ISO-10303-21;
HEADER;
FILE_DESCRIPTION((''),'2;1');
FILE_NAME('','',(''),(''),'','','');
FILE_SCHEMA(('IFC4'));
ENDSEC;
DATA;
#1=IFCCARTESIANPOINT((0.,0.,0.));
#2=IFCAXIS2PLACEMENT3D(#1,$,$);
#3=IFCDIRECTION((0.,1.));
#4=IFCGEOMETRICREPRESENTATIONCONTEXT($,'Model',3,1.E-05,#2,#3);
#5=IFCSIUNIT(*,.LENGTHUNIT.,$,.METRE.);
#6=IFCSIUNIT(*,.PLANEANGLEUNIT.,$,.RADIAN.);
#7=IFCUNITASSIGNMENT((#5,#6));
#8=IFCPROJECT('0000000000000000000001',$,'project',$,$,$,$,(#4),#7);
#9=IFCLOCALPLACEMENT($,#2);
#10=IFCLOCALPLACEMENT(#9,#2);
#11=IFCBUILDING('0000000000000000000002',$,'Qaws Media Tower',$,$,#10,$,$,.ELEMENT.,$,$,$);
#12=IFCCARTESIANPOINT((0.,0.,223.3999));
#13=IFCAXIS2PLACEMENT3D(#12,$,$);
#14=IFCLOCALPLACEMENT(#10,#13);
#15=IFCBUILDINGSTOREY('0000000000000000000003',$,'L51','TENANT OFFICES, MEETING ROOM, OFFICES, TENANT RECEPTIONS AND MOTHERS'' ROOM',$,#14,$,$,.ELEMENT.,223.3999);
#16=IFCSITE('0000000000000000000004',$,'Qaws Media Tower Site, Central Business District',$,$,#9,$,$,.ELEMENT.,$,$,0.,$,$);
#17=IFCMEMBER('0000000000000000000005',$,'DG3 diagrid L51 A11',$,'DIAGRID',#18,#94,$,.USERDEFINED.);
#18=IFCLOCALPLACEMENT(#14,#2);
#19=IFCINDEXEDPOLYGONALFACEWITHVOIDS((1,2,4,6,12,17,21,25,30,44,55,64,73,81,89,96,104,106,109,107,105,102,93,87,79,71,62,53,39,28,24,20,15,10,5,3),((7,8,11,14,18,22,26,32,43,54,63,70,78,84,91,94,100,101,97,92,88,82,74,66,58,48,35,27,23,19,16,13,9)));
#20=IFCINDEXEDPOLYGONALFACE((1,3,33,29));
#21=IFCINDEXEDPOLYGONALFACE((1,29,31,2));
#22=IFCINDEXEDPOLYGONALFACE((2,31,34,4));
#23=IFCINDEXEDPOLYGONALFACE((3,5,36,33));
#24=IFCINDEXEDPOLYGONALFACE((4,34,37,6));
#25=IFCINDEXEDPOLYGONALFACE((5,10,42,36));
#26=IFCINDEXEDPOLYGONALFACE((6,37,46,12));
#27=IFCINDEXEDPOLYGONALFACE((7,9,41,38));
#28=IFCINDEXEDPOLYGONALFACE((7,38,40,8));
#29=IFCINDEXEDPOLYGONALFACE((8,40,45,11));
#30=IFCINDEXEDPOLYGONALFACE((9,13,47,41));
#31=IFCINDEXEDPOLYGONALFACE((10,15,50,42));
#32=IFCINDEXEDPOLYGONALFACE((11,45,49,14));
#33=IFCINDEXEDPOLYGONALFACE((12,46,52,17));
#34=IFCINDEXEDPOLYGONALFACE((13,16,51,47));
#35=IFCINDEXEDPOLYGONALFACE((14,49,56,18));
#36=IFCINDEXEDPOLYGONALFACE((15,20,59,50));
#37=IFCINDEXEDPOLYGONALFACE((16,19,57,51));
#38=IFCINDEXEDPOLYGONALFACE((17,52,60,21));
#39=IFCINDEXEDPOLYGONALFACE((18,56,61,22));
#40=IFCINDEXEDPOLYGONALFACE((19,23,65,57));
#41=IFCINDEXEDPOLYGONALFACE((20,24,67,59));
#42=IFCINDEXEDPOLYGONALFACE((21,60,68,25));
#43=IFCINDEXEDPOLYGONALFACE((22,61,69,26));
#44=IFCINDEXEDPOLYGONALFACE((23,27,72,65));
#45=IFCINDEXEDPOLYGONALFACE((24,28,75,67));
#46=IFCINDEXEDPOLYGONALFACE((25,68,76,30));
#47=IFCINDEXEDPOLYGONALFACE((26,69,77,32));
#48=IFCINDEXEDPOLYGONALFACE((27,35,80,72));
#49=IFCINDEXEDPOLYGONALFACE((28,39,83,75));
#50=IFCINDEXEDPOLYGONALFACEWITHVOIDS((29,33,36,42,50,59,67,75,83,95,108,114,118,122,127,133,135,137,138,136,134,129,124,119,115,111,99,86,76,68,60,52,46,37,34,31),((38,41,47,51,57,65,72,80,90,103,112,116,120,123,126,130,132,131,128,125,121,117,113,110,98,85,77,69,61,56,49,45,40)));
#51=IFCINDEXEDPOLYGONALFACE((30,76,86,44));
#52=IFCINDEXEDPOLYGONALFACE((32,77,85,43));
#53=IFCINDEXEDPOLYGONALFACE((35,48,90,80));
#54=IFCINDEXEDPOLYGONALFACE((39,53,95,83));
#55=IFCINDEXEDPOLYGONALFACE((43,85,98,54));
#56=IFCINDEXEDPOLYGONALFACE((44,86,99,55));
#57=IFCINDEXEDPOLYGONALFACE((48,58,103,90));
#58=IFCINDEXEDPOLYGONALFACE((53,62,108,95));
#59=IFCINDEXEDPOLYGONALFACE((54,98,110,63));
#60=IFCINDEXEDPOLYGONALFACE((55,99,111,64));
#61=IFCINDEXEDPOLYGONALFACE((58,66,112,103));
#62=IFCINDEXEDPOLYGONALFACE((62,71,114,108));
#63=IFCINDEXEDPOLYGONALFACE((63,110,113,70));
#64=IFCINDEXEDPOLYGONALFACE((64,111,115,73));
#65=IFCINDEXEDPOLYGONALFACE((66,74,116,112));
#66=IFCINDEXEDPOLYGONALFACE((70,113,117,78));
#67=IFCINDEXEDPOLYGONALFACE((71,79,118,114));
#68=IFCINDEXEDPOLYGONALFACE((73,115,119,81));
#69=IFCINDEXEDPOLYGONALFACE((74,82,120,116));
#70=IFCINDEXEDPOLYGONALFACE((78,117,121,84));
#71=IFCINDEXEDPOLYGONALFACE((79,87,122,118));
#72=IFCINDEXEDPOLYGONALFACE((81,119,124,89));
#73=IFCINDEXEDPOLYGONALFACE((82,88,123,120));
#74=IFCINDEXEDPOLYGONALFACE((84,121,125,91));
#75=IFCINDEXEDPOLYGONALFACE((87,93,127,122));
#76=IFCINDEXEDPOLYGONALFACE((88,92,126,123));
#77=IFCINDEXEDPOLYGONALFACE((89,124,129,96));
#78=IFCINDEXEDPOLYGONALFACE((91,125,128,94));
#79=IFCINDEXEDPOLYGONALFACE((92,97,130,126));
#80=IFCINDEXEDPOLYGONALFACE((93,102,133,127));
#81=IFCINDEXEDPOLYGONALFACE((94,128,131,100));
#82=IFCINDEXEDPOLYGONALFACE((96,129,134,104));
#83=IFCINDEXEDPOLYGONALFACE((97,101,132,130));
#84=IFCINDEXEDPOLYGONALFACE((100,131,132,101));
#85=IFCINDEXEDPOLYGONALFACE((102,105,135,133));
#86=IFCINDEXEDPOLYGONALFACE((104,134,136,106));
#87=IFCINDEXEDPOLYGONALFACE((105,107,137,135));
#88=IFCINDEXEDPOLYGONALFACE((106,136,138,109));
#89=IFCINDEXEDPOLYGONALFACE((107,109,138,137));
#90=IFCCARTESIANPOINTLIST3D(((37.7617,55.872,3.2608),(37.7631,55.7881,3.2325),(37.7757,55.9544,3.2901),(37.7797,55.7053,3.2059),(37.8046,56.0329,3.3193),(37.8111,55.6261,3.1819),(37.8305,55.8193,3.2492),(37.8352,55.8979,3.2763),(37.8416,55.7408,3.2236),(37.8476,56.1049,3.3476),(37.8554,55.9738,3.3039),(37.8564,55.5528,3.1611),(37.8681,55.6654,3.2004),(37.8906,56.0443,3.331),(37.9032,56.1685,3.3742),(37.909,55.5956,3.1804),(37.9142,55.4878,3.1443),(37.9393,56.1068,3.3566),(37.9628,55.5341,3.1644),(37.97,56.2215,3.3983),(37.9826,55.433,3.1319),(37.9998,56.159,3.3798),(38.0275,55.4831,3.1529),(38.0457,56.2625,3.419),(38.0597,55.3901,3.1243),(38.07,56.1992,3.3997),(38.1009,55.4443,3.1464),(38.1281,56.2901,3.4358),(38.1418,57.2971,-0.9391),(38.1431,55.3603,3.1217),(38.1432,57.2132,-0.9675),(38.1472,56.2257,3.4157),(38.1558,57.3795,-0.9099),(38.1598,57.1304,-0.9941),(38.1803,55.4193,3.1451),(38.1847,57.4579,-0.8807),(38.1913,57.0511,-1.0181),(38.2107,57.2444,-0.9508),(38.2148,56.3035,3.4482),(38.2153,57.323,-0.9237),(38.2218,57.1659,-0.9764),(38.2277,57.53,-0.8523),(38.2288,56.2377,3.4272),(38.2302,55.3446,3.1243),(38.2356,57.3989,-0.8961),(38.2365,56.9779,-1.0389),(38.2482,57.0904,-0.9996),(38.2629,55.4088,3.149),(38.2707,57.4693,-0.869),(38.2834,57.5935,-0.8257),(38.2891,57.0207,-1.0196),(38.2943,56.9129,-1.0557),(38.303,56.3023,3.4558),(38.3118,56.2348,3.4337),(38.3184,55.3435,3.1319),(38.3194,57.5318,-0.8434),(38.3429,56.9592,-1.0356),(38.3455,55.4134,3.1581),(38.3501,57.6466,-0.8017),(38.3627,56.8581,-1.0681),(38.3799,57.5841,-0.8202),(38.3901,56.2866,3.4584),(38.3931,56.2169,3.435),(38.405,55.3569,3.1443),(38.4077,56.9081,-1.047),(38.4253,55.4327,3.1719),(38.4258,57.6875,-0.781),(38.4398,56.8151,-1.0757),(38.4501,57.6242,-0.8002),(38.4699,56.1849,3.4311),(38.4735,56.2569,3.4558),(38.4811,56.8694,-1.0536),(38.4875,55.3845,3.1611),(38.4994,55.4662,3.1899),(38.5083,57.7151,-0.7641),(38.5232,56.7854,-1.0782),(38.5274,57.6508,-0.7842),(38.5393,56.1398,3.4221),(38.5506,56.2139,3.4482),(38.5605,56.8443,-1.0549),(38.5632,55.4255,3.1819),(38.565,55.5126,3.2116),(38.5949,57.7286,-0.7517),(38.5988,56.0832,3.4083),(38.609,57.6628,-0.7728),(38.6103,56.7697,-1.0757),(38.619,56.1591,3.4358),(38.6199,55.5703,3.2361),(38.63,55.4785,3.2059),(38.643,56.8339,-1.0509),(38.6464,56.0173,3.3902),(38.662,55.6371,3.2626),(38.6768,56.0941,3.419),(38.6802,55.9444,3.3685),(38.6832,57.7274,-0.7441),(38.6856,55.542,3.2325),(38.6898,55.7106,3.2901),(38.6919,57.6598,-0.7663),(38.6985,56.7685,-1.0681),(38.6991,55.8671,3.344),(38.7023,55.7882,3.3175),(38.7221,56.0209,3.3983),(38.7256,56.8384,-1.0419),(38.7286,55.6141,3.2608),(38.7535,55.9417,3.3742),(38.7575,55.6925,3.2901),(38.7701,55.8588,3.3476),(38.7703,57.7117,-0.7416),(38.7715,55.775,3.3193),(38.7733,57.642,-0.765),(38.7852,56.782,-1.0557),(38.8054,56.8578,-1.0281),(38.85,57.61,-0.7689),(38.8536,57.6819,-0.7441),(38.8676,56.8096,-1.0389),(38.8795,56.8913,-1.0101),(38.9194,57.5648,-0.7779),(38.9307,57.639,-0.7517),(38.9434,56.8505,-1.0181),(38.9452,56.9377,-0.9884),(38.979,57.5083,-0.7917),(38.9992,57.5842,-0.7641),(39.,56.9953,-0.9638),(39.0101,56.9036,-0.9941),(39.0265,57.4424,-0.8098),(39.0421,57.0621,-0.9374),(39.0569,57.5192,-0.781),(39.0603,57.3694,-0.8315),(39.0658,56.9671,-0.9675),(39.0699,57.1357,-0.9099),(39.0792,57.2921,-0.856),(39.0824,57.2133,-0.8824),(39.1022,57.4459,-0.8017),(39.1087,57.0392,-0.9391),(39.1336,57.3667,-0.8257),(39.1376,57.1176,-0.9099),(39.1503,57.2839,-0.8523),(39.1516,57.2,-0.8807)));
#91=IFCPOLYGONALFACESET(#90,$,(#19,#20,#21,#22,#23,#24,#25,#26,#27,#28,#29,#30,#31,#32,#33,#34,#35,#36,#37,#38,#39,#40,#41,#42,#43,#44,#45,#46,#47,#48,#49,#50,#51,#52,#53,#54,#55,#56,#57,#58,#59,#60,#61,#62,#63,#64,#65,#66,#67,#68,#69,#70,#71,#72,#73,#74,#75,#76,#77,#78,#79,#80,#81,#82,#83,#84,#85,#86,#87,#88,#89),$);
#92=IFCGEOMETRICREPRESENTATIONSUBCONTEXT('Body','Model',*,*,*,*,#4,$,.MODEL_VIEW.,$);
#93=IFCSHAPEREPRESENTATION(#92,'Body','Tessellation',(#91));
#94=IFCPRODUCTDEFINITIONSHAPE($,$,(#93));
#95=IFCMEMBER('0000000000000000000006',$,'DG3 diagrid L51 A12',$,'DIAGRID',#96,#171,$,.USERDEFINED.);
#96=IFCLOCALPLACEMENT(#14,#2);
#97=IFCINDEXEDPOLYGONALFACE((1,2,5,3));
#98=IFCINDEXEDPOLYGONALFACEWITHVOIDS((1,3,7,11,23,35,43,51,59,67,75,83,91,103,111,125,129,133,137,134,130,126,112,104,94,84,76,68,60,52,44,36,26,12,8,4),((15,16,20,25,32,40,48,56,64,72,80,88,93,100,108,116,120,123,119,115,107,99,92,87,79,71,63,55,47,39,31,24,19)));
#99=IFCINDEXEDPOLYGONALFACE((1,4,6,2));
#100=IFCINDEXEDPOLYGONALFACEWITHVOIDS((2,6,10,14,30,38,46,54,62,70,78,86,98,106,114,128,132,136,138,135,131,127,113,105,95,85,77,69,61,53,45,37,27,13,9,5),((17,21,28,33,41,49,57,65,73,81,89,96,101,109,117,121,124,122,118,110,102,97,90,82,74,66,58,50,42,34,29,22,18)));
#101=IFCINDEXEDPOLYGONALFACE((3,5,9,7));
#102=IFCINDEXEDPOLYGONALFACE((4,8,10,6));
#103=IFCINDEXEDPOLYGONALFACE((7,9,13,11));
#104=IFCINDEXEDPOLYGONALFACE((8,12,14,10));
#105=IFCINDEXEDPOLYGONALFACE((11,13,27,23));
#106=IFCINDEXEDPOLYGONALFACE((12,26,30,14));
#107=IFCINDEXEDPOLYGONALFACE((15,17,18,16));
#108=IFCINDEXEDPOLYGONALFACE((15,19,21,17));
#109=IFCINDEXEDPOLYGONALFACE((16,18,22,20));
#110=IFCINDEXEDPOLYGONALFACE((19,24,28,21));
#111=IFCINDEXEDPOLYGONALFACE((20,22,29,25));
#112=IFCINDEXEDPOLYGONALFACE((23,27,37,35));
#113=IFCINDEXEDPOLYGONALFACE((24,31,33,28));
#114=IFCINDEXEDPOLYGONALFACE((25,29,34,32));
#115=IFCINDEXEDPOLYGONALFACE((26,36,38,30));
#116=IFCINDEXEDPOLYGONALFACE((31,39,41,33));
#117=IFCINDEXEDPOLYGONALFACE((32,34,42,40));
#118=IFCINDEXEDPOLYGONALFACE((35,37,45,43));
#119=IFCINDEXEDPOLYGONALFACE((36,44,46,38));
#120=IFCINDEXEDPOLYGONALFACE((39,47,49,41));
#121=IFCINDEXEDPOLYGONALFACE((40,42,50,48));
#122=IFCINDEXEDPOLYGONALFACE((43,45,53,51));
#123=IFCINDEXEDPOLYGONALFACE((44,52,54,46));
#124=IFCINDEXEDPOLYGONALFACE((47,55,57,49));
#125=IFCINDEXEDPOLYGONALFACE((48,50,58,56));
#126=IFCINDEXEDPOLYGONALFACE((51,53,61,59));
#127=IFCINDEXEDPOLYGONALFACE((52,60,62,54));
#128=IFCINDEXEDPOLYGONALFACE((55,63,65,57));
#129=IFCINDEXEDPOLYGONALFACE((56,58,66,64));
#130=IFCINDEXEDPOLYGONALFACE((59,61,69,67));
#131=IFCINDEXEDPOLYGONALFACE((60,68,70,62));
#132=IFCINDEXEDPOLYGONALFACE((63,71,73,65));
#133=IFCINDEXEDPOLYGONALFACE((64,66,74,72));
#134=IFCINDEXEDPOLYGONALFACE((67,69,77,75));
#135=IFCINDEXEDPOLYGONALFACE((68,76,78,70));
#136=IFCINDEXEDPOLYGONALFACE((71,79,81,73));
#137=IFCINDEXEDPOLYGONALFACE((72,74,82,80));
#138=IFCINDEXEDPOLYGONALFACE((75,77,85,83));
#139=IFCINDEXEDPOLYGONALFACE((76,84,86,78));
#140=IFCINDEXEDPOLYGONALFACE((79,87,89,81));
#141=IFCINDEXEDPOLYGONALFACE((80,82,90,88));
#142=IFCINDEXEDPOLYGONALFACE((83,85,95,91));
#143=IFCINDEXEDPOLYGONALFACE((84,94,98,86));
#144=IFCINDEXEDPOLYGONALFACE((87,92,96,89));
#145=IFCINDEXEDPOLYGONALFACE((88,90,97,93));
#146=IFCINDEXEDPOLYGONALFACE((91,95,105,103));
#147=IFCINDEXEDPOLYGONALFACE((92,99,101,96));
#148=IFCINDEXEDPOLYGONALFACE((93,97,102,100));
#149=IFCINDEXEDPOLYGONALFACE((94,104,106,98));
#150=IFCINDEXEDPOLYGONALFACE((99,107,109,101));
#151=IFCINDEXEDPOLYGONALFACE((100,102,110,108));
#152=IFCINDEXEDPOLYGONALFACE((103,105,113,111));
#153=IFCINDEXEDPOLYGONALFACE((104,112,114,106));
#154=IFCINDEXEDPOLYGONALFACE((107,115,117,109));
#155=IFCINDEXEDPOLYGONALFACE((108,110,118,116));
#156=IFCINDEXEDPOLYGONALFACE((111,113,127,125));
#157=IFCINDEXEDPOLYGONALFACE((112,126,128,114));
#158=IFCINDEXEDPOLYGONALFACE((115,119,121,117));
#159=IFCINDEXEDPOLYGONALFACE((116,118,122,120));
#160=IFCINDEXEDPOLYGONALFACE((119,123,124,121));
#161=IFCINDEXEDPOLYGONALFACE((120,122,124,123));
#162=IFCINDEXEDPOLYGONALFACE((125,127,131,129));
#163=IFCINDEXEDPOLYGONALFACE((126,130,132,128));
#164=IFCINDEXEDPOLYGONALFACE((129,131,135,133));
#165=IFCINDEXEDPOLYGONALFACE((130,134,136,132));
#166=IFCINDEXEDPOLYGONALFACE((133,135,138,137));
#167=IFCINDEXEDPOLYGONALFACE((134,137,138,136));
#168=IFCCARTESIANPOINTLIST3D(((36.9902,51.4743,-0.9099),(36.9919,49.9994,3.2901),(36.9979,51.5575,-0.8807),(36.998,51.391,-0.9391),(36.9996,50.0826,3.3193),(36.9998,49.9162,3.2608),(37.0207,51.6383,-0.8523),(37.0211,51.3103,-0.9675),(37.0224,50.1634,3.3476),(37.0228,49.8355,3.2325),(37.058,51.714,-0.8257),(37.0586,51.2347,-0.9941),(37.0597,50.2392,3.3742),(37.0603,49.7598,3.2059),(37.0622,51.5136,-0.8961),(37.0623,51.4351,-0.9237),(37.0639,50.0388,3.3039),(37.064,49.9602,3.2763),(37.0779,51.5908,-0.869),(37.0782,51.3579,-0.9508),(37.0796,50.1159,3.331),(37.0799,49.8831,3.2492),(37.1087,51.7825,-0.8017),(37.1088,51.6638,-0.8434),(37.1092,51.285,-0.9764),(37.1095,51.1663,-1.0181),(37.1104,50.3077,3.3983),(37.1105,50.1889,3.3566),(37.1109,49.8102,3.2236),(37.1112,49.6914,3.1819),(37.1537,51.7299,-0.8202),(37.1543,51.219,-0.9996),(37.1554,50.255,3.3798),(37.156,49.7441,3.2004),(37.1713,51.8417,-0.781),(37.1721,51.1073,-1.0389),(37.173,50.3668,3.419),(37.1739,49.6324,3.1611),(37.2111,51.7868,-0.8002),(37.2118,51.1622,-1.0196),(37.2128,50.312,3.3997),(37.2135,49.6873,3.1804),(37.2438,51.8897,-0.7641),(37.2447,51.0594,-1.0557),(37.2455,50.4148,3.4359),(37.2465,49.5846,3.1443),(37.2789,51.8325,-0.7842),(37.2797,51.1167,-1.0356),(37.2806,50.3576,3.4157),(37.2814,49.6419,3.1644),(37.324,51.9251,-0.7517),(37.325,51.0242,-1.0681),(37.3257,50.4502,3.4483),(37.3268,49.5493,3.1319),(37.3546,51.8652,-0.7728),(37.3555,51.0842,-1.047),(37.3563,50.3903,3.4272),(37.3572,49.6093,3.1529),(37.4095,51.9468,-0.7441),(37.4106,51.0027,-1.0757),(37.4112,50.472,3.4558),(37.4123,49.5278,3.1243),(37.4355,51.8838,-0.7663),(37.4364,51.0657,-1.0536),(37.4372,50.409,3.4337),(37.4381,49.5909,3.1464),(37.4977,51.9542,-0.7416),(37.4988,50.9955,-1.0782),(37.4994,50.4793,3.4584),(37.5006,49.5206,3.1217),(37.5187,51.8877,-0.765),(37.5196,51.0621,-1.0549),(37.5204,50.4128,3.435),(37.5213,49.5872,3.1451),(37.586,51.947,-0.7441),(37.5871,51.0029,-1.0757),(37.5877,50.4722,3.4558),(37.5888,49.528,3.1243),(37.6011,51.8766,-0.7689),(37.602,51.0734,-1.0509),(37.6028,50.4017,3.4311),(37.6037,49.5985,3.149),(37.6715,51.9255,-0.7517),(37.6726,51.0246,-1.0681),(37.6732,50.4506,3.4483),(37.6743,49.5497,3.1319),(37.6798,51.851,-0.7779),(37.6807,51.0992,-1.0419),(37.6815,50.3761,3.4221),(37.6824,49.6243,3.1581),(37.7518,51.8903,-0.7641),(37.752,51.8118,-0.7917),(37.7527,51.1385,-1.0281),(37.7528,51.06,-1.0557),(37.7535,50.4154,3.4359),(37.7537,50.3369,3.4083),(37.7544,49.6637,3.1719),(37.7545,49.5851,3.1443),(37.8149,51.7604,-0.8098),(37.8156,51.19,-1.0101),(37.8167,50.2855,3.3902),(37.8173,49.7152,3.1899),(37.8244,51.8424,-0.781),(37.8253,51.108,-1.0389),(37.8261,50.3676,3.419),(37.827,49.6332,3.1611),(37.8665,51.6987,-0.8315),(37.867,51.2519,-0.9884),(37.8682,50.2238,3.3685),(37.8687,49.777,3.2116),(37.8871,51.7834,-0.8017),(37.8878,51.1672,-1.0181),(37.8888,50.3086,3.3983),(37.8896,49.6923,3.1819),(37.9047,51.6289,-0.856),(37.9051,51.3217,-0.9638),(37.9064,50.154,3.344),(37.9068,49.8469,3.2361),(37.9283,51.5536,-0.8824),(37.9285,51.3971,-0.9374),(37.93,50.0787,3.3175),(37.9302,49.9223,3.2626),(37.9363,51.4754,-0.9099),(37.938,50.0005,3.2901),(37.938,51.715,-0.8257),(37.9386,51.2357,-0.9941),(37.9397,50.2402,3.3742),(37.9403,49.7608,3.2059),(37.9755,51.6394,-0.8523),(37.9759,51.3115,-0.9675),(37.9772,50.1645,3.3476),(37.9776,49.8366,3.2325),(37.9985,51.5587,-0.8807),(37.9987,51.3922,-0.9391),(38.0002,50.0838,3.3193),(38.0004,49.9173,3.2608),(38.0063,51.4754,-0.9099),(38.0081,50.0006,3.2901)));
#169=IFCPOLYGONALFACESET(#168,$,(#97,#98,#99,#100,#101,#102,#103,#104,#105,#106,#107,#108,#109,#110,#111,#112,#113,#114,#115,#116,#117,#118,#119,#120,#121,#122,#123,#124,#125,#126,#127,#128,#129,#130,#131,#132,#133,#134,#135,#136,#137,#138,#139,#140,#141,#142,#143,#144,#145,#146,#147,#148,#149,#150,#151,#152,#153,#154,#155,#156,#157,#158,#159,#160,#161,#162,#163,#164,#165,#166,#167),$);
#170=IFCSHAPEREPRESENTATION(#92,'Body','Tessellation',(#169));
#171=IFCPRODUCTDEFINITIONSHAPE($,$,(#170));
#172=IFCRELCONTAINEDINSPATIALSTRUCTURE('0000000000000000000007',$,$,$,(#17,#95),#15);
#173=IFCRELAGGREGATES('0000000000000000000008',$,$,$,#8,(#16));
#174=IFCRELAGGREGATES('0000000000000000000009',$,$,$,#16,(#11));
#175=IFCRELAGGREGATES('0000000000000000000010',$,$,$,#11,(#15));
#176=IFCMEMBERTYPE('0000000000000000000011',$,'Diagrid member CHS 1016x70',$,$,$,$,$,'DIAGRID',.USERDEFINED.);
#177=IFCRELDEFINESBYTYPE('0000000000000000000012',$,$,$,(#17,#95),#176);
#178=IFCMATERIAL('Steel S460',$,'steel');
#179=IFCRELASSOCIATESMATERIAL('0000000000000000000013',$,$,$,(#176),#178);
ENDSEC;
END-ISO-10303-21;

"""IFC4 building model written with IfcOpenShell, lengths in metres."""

from ifc_helpers import new_model, si_unit, direction, frame, origin, origin_2d, place, context, subcontext, project, spatial, hollow_circle, extrude, material, material_profile, profile_set, type_object, element, save


model = new_model("IFC4")

# Units and contexts
model_context = context("Model", 3, precision=1e-05, world=origin(), true_north=direction((0.0, 1.0)))
body_context = subcontext(model_context, "Body", "Model", "MODEL_VIEW")
ifc_project = project(units=[si_unit("LENGTHUNIT", "METRE"), si_unit("PLANEANGLEUNIT", "RADIAN")], contexts=[model_context])

# Site, building, storey
site_placement = place(None, origin())
site = spatial("IfcSite", under=ifc_project, at=site_placement, Name="Qaws Media Tower Site, Central Business District", CompositionType="ELEMENT", RefElevation=0.0)
building_placement = place(site_placement, origin())
building = spatial("IfcBuilding", under=site, at=building_placement, Name="Qaws Media Tower", CompositionType="ELEMENT")
storey_placement = place(building_placement, frame((0.0, 0.0, 223.3999)))
storey = spatial("IfcBuildingStorey", under=building, at=storey_placement, Name="L51", Description="TENANT OFFICES, MEETING ROOM, OFFICES, TENANT RECEPTIONS AND MOTHERS' ROOM", CompositionType="ELEMENT", Elevation=223.3999)

# Members
ifc_material_1 = material(Name="Steel S460", Category="steel")
ifc_material_profile_1 = material_profile(ifc_material_1, hollow_circle(Radius=0.5081, WallThickness=0.0701, at=origin_2d()), Name="CHS 1016x70")
ifc_profile_set_1 = profile_set([ifc_material_profile_1], Name="Steel S460")
member_type_1 = type_object("IfcMemberType", Name="Diagrid member CHS 1016x70", ElementType="DIAGRID", PredefinedType="USERDEFINED", material=ifc_profile_set_1)
for number, where, z_axis, x_axis, name in (
    (1, (38.6467, 57.2485, -0.9099), (-0.085395, -0.320136, 0.943515), (0.966216, -0.257735, 0.0), "DG3 diagrid L51 A11"),
    (2, (37.4983, 51.4749, -0.9099), (0.000384, -0.331325, 0.943517), (0.999999, 0.001159, 0.0), "DG3 diagrid L51 A12"),
):
    element("IfcMember", number, at=place(storey_placement, frame(where, z_axis=z_axis, x_axis=x_axis)), inside=storey, type_object=member_type_1, Name=name, ObjectType="DIAGRID", PredefinedType="USERDEFINED", context=body_context, shape_type="SweptSolid", body=[
        extrude(hollow_circle(Radius=0.5081, WallThickness=0.0701, at=origin_2d()), origin(), (0.0, 0.0, 1.0), 4.4514),
    ])

save(model, "model.ifc")
